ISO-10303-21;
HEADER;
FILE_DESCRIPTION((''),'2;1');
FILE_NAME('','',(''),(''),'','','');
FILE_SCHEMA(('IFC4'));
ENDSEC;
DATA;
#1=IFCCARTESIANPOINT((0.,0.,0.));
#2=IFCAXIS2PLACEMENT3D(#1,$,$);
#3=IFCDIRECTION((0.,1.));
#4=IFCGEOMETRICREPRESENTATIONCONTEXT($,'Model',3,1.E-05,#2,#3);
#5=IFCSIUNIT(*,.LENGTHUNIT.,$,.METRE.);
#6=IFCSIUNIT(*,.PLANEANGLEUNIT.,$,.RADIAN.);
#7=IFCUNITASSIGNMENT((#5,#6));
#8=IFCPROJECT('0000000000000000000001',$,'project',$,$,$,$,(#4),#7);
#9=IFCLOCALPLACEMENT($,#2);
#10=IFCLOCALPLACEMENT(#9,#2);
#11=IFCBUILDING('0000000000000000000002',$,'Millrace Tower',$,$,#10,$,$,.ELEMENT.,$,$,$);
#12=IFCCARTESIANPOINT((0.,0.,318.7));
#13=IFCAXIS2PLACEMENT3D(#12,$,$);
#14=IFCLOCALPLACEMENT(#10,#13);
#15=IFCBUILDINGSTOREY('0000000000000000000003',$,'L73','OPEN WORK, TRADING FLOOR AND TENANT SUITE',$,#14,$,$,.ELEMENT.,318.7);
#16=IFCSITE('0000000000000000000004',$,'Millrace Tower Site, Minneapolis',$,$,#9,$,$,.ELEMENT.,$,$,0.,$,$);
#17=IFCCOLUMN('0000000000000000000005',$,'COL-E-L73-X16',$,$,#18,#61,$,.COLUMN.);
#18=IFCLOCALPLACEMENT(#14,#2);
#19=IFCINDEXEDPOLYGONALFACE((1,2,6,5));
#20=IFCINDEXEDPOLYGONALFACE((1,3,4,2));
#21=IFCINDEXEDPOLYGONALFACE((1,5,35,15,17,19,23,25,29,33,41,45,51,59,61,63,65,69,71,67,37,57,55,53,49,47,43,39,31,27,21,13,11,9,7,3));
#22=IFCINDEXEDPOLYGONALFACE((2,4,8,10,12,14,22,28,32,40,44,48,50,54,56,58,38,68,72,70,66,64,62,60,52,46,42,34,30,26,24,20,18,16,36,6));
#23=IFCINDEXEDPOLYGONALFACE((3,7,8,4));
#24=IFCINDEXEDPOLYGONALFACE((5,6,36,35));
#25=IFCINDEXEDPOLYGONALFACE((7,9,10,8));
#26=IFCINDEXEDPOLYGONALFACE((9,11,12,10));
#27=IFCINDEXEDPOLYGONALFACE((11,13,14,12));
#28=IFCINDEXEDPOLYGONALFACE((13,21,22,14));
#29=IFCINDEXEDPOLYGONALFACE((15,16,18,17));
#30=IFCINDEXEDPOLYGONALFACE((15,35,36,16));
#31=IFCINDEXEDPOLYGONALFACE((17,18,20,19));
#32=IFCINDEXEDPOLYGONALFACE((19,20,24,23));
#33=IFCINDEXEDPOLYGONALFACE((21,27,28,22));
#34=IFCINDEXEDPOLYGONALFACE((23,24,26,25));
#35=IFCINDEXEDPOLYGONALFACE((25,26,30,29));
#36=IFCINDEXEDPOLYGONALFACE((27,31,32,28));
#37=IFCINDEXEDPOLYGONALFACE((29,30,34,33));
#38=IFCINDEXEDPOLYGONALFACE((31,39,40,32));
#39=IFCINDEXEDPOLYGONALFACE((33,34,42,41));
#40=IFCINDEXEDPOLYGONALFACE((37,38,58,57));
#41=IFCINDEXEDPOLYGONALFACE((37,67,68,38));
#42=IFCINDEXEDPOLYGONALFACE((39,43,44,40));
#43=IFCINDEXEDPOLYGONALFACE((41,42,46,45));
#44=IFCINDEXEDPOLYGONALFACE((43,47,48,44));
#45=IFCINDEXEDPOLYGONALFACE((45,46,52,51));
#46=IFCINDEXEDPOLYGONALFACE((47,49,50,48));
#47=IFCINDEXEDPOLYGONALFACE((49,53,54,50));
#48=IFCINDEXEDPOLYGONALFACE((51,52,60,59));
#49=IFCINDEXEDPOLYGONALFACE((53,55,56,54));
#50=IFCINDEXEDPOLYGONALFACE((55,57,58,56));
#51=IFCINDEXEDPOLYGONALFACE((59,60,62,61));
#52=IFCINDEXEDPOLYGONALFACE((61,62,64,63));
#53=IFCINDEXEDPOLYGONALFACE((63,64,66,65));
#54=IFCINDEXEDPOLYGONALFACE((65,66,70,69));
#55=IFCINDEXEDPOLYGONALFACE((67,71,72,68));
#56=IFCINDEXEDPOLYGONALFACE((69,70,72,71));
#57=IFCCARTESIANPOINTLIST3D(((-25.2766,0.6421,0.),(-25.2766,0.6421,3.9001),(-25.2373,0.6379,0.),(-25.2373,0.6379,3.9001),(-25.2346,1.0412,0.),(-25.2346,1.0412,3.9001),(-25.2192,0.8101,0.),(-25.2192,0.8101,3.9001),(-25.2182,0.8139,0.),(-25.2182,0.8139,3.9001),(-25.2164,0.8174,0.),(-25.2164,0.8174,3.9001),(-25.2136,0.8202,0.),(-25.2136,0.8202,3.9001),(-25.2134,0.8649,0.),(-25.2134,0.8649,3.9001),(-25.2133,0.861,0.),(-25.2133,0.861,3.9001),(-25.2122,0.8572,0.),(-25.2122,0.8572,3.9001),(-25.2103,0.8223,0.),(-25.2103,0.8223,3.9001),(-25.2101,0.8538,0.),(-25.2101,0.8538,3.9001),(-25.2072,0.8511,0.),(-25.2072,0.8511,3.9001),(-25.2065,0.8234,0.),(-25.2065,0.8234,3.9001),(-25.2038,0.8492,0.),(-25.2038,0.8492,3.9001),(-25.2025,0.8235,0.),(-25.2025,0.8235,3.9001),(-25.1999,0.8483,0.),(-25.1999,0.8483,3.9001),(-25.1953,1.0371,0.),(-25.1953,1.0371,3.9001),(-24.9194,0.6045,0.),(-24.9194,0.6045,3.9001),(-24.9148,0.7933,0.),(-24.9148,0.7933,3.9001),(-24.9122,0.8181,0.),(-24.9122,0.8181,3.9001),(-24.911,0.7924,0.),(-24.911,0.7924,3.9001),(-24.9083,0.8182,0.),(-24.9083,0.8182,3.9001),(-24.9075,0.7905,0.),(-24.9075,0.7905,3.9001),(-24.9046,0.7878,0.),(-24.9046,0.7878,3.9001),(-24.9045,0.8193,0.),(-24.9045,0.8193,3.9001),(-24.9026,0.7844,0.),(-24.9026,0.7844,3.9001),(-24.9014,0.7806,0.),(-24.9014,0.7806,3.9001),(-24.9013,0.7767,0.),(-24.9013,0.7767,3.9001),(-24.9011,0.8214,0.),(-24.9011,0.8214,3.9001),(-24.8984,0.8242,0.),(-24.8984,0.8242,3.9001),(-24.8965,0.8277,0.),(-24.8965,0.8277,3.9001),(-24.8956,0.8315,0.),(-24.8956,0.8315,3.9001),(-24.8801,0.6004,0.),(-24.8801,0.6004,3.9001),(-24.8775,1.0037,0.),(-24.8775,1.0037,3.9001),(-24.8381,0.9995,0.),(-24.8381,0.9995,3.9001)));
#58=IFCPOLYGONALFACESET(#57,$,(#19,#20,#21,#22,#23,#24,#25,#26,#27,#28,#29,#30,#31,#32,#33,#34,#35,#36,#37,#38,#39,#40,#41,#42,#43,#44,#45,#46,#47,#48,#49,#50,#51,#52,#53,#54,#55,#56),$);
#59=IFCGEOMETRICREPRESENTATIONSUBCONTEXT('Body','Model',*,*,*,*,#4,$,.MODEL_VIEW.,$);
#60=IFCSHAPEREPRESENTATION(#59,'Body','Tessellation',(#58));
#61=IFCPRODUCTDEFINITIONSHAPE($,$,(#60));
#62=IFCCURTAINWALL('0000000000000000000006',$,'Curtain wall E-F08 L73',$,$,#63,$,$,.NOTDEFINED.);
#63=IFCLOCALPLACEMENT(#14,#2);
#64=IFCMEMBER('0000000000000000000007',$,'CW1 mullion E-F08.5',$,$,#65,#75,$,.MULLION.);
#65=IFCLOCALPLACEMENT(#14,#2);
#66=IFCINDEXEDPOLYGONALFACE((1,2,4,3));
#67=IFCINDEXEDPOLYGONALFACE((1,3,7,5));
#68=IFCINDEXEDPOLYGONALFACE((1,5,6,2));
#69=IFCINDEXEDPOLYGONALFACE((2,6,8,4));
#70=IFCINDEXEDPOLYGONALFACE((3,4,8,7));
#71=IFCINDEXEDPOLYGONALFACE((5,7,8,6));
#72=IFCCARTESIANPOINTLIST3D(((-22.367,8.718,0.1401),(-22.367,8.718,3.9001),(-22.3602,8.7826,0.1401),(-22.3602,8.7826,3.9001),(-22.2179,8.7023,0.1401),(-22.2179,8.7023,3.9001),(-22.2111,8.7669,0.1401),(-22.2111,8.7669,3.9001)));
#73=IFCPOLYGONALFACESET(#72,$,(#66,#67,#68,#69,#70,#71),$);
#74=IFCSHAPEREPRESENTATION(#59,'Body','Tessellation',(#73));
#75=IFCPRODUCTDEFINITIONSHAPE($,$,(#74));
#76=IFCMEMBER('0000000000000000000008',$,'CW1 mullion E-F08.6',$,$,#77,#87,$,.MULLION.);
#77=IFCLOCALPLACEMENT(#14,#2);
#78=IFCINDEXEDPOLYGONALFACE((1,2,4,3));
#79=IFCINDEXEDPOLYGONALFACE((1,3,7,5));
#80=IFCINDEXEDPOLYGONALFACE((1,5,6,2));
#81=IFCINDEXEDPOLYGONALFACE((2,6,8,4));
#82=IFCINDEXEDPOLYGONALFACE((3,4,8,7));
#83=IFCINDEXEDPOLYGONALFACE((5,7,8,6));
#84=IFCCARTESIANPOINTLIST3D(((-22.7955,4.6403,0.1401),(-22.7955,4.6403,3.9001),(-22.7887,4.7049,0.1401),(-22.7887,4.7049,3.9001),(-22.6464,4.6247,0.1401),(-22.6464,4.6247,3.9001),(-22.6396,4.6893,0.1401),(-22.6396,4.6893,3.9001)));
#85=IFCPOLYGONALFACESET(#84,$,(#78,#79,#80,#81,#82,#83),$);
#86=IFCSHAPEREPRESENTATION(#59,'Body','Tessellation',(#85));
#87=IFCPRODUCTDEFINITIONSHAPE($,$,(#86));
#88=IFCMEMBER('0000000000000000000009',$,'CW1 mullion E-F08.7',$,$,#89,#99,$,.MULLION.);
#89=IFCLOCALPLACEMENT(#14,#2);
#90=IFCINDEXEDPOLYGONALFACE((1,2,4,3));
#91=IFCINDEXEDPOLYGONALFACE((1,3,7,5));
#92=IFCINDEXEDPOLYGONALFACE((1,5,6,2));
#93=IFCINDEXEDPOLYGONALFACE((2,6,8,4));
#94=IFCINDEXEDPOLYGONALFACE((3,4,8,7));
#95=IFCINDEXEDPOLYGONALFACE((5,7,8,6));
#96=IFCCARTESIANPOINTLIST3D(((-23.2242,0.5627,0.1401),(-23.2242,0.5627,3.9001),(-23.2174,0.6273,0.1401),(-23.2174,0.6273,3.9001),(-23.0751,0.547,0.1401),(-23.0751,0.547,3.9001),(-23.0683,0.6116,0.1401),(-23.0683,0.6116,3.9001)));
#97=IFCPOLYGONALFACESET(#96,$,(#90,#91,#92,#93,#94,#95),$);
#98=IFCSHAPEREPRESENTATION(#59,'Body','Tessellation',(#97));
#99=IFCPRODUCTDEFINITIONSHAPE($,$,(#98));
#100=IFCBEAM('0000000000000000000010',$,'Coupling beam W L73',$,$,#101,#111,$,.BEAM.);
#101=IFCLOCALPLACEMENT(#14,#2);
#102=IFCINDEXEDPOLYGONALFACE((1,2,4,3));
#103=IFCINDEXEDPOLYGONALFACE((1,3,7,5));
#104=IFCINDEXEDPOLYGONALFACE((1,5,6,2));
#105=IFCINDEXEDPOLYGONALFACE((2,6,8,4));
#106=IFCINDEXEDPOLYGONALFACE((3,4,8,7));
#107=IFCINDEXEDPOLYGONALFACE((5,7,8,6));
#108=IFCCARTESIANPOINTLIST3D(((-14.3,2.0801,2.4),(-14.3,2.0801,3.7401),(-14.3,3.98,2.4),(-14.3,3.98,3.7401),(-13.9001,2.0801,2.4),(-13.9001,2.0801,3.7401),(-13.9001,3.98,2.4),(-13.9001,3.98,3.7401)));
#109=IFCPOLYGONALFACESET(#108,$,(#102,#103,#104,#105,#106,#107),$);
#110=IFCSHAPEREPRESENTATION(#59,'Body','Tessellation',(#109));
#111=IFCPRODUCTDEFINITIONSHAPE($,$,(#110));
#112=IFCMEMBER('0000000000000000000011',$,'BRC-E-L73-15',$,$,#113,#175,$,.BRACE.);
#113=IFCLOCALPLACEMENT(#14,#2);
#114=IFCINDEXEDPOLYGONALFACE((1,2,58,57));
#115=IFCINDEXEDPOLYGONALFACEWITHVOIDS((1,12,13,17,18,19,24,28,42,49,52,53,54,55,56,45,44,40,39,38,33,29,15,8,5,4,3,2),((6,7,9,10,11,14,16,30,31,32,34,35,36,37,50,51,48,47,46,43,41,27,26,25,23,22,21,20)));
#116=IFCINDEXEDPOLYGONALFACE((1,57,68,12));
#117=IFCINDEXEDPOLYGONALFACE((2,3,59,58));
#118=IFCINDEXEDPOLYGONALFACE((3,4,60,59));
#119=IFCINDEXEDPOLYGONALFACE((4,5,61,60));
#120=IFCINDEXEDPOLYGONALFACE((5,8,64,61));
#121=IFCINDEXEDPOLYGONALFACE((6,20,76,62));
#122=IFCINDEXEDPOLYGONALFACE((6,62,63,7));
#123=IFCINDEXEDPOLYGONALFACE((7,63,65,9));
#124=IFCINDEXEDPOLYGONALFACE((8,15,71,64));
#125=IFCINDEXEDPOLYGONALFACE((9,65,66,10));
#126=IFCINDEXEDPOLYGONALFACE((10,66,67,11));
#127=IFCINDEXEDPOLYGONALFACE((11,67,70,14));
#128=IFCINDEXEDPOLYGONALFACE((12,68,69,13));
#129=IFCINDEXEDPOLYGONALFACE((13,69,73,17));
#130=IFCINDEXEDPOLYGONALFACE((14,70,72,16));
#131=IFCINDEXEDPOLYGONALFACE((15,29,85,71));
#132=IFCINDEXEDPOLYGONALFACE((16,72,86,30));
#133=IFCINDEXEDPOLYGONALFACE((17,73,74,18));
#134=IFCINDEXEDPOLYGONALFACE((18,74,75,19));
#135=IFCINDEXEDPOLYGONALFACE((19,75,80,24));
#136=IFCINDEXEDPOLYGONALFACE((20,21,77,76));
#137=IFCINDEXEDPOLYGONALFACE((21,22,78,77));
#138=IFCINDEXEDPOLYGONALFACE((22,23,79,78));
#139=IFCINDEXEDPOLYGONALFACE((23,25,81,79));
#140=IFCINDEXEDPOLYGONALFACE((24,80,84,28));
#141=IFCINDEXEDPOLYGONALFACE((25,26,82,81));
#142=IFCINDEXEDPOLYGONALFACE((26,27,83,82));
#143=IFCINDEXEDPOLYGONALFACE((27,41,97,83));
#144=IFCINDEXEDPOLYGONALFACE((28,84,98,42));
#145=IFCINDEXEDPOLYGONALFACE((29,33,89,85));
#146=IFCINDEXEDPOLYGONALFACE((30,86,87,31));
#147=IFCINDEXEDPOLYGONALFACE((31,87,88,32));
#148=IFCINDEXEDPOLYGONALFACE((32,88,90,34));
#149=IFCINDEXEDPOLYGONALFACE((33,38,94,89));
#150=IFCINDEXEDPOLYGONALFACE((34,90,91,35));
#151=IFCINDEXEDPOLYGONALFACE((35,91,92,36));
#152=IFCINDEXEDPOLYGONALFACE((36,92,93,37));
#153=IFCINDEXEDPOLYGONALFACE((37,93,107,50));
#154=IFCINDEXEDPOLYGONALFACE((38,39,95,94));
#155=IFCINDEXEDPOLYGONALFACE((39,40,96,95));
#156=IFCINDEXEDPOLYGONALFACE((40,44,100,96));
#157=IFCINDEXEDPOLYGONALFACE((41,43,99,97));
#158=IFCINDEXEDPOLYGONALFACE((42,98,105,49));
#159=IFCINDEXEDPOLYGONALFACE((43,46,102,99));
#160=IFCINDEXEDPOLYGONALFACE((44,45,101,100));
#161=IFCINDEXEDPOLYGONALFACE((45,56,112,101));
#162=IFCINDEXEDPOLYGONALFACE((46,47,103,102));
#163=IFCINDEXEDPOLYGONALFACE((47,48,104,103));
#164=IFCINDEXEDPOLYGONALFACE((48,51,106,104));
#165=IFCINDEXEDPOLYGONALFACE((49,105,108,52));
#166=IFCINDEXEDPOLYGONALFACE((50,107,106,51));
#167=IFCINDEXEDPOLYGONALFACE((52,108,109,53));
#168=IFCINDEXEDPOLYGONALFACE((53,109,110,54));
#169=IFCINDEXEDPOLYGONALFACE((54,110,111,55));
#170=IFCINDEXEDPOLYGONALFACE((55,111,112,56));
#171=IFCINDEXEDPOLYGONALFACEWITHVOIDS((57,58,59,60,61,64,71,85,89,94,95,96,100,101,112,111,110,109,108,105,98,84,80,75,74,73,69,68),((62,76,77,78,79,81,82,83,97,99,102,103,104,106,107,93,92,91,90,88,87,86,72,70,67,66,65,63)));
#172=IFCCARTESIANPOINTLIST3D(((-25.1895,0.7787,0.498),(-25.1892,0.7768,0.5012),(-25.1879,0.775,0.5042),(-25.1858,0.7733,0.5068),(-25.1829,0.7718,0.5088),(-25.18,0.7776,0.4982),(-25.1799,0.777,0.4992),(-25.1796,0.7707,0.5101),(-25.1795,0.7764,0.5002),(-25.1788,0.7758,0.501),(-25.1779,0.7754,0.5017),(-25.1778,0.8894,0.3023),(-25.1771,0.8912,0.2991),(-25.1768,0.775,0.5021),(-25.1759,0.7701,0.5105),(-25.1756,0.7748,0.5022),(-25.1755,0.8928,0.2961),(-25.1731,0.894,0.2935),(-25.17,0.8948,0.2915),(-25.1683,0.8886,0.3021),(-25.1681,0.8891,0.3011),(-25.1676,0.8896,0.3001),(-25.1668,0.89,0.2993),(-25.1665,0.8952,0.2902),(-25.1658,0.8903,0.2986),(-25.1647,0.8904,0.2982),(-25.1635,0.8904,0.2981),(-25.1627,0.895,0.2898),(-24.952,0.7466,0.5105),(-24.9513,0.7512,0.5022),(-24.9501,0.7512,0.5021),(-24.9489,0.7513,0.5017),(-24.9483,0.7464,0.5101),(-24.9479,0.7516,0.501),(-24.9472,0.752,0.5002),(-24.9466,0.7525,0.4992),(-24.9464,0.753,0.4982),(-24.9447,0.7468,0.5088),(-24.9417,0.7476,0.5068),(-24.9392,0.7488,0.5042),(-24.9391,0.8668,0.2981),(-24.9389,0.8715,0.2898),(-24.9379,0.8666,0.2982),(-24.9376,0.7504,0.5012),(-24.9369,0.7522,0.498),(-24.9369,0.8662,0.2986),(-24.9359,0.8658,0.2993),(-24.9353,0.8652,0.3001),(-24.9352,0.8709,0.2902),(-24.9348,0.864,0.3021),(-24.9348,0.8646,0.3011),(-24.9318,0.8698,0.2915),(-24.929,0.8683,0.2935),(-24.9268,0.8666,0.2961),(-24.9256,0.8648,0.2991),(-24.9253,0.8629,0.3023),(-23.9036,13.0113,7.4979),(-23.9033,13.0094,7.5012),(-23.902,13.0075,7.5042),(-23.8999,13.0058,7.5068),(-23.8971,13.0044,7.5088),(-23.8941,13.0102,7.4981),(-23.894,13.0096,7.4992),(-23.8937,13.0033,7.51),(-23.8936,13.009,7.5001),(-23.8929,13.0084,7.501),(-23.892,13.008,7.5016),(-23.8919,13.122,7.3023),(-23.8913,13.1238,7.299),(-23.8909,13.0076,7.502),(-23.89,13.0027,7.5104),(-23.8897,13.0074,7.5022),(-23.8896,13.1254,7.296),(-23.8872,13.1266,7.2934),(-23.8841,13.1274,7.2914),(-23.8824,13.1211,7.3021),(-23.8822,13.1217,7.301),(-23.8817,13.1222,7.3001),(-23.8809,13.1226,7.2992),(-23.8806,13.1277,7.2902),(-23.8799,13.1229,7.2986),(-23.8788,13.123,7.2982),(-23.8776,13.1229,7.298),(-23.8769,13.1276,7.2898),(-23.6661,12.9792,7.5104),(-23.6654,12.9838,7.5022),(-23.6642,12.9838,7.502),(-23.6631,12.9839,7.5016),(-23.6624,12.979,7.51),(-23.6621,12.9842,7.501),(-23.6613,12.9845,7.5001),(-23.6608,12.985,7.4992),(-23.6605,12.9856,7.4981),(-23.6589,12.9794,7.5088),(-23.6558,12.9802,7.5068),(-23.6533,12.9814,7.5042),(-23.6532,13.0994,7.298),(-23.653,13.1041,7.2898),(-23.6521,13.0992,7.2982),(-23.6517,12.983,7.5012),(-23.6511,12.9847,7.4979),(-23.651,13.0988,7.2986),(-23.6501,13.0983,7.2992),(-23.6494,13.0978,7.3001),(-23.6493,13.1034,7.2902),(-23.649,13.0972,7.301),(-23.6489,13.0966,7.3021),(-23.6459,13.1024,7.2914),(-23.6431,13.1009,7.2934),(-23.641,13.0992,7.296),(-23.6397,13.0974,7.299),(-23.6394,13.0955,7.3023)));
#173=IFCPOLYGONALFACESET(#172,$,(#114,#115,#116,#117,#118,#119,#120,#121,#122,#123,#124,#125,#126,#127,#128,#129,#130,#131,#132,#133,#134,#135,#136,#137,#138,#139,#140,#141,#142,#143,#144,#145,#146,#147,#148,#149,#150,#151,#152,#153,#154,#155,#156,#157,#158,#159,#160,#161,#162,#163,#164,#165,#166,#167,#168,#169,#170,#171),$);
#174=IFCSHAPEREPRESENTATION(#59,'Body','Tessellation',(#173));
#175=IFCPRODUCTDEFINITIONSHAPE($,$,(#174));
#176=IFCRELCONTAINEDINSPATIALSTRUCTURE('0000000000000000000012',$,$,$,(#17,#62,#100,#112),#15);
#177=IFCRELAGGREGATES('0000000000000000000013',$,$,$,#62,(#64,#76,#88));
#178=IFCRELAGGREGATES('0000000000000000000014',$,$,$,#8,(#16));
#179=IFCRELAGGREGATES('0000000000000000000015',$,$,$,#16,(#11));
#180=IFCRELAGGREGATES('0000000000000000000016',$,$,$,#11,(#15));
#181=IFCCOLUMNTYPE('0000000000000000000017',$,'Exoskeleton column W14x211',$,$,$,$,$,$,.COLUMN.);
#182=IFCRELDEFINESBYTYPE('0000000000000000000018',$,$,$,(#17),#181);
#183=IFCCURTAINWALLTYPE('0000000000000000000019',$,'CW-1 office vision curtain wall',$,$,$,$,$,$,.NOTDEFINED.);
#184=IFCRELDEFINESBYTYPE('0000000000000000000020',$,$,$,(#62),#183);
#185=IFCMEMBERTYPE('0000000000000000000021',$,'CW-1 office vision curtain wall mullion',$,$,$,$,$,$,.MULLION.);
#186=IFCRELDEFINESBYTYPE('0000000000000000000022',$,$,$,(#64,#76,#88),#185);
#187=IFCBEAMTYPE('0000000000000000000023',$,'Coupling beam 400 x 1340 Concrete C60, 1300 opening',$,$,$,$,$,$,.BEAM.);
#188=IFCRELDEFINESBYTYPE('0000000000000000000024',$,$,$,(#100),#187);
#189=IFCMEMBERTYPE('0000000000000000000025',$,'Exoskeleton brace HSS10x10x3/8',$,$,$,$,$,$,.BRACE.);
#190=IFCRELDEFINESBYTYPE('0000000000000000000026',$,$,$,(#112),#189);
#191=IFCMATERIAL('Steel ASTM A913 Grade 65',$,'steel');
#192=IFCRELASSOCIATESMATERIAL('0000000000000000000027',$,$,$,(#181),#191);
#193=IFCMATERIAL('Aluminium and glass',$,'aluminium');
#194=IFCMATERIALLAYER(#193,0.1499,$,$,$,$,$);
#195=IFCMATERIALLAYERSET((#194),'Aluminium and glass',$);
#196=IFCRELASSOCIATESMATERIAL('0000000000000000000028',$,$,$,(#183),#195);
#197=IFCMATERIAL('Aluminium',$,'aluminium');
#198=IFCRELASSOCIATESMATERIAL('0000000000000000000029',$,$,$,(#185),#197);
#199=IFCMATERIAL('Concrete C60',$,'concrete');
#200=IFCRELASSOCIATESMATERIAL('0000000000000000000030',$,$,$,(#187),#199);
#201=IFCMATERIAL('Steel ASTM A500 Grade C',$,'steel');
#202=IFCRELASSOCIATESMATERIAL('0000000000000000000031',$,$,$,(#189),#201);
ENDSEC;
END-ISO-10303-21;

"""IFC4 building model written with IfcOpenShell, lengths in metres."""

from ifc_helpers import new_model, si_unit, direction, frame, origin, origin_2d, place, context, subcontext, project, spatial, rectangle, hollow_rectangle, i_section, extrude, material, layer, layer_set, material_profile, profile_set, type_object, element, aggregate, save


model = new_model("IFC4")

# Units and contexts
model_context = context("Model", 3, precision=1e-05, world=origin(), true_north=direction((0.0, 1.0)))
body_context = subcontext(model_context, "Body", "Model", "MODEL_VIEW")
ifc_project = project(units=[si_unit("LENGTHUNIT", "METRE"), si_unit("PLANEANGLEUNIT", "RADIAN")], contexts=[model_context])

# Site, building, storey
site_placement = place(None, origin())
site = spatial("IfcSite", under=ifc_project, at=site_placement, Name="Millrace Tower Site, Minneapolis", CompositionType="ELEMENT", RefElevation=0.0)
building_placement = place(site_placement, origin())
building = spatial("IfcBuilding", under=site, at=building_placement, Name="Millrace Tower", CompositionType="ELEMENT")
storey_placement = place(building_placement, frame((0.0, 0.0, 318.7)))
storey = spatial("IfcBuildingStorey", under=building, at=storey_placement, Name="L73", Description="OPEN WORK, TRADING FLOOR AND TENANT SUITE", CompositionType="ELEMENT", Elevation=318.7)

# Column
ifc_material_1 = material(Name="Steel ASTM A913 Grade 65", Category="steel")
ifc_material_profile_1 = material_profile(ifc_material_1, i_section(OverallWidth=0.4014, OverallDepth=0.3987, WebThickness=0.0249, FlangeThickness=0.0396, FilletRadius=0.0151, at=origin_2d()))
ifc_profile_set_1 = profile_set([ifc_material_profile_1], Name="Steel ASTM A913 Grade 65")
column_type = type_object("IfcColumnType", Name="Exoskeleton column W14x211", PredefinedType="COLUMN", material=ifc_profile_set_1)
column_placement = place(storey_placement, frame((-25.0574, 0.8208, 0.0), z_axis=(0.0, 0.0, 1.0), x_axis=(-0.104528, -0.994522, 0.0)))
element("IfcColumn", 1, at=column_placement, inside=storey, type_object=column_type, Name="COL-E-L73-X16", PredefinedType="COLUMN", context=body_context, shape_type="SweptSolid", body=[
    extrude(i_section(OverallWidth=0.4014, OverallDepth=0.3987, WebThickness=0.0249, FlangeThickness=0.0396, FilletRadius=0.0151, at=origin_2d()), origin(), (0.0, 0.0, 1.0), 3.9001),
])

# Curtain wall, members
ifc_material_2 = material(Name="Aluminium and glass", Category="aluminium")
ifc_layer_1 = layer(ifc_material_2, 0.1499)
ifc_layer_set_1 = layer_set([ifc_layer_1], Name="Aluminium and glass")
curtain_wall_type = type_object("IfcCurtainWallType", Name="CW-1 office vision curtain wall", PredefinedType="NOTDEFINED", material=ifc_layer_set_1)
placement = place(storey_placement, origin())
curtain_wall = element("IfcCurtainWall", 2, at=placement, inside=storey, type_object=curtain_wall_type, Name="Curtain wall E-F08 L73", PredefinedType="NOTDEFINED")
ifc_material_3 = material(Name="Aluminium", Category="aluminium")
ifc_material_profile_2 = material_profile(ifc_material_3, rectangle(XDim=0.0649, YDim=0.1499, at=origin_2d()))
ifc_profile_set_2 = profile_set([ifc_material_profile_2], Name="Aluminium")
member_type_1 = type_object("IfcMemberType", Name="CW-1 office vision curtain wall mullion", PredefinedType="MULLION", material=ifc_profile_set_2)
member_1_placement = place(storey_placement, frame((-22.2891, 8.7424, 0.1401), z_axis=(0.0, 0.0, 1.0), x_axis=(-0.104528, -0.994522, 0.0)))
member_1 = element("IfcMember", 3, at=member_1_placement, type_object=member_type_1, Name="CW1 mullion E-F08.5", PredefinedType="MULLION", context=body_context, shape_type="SweptSolid", body=[
    extrude(rectangle(XDim=0.0649, YDim=0.1499, at=origin_2d()), origin(), (0.0, 0.0, 1.0), 3.76),
])
member_2_placement = place(storey_placement, frame((-22.7175, 4.6648, 0.1401), z_axis=(0.0, 0.0, 1.0), x_axis=(-0.104528, -0.994522, 0.0)))
member_2 = element("IfcMember", 4, at=member_2_placement, type_object=member_type_1, Name="CW1 mullion E-F08.6", PredefinedType="MULLION", context=body_context, shape_type="SweptSolid", body=[
    extrude(rectangle(XDim=0.0649, YDim=0.1499, at=origin_2d()), origin(), (0.0, 0.0, 1.0), 3.76),
])
member_3_placement = place(storey_placement, frame((-23.1462, 0.5872, 0.1401), z_axis=(0.0, 0.0, 1.0), x_axis=(-0.104528, -0.994522, 0.0)))
member_3 = element("IfcMember", 5, at=member_3_placement, type_object=member_type_1, Name="CW1 mullion E-F08.7", PredefinedType="MULLION", context=body_context, shape_type="SweptSolid", body=[
    extrude(rectangle(XDim=0.0649, YDim=0.1499, at=origin_2d()), origin(), (0.0, 0.0, 1.0), 3.76),
])
aggregate(curtain_wall, [member_1, member_2, member_3])

# Beam
ifc_material_4 = material(Name="Concrete C60", Category="concrete")
ifc_material_profile_3 = material_profile(ifc_material_4, rectangle(XDim=0.3999, YDim=1.3401, at=origin_2d()))
ifc_profile_set_3 = profile_set([ifc_material_profile_3], Name="Concrete C60")
beam_type_1 = type_object("IfcBeamType", Name="Coupling beam 400 x 1340 Concrete C60, 1300 opening", PredefinedType="BEAM", material=ifc_profile_set_3)
beam_1_placement = place(storey_placement, frame((-14.1001, 2.0801, 3.0701), z_axis=(0.0, 1.0, 0.0), x_axis=(-1.0, 0.0, 0.0)))
element("IfcBeam", 6, at=beam_1_placement, inside=storey, type_object=beam_type_1, Name="Coupling beam W L73", PredefinedType="BEAM", context=body_context, shape_type="SweptSolid", body=[
    extrude(rectangle(XDim=0.3999, YDim=1.3401, at=origin_2d()), origin(), (0.0, 0.0, 1.0), 1.8999),
])

# Member
ifc_material_5 = material(Name="Steel ASTM A500 Grade C", Category="steel")
ifc_material_profile_4 = material_profile(ifc_material_5, hollow_rectangle(XDim=0.2539, YDim=0.2539, WallThickness=0.0095, InnerFilletRadius=0.0046, OuterFilletRadius=0.0144, at=origin_2d()))
ifc_profile_set_4 = profile_set([ifc_material_profile_4], Name="Steel ASTM A500 Grade C")
member_type_2 = type_object("IfcMemberType", Name="Exoskeleton brace HSS10x10x3/8", PredefinedType="BRACE", material=ifc_profile_set_4)
member_4_placement = place(storey_placement, frame((-25.0574, 0.8208, 0.4001), z_axis=(0.09086, 0.86435, 0.494614), x_axis=(-0.99452, 0.104543, 0.0)))
element("IfcMember", 7, at=member_4_placement, inside=storey, type_object=member_type_2, Name="BRC-E-L73-15", PredefinedType="BRACE", context=body_context, shape_type="SweptSolid", body=[
    extrude(hollow_rectangle(XDim=0.2539, YDim=0.2539, WallThickness=0.0095, InnerFilletRadius=0.0046, OuterFilletRadius=0.0144, at=origin_2d()), origin(), (0.0, 0.0, 1.0), 14.1523),
])

save(model, "model.ifc")
